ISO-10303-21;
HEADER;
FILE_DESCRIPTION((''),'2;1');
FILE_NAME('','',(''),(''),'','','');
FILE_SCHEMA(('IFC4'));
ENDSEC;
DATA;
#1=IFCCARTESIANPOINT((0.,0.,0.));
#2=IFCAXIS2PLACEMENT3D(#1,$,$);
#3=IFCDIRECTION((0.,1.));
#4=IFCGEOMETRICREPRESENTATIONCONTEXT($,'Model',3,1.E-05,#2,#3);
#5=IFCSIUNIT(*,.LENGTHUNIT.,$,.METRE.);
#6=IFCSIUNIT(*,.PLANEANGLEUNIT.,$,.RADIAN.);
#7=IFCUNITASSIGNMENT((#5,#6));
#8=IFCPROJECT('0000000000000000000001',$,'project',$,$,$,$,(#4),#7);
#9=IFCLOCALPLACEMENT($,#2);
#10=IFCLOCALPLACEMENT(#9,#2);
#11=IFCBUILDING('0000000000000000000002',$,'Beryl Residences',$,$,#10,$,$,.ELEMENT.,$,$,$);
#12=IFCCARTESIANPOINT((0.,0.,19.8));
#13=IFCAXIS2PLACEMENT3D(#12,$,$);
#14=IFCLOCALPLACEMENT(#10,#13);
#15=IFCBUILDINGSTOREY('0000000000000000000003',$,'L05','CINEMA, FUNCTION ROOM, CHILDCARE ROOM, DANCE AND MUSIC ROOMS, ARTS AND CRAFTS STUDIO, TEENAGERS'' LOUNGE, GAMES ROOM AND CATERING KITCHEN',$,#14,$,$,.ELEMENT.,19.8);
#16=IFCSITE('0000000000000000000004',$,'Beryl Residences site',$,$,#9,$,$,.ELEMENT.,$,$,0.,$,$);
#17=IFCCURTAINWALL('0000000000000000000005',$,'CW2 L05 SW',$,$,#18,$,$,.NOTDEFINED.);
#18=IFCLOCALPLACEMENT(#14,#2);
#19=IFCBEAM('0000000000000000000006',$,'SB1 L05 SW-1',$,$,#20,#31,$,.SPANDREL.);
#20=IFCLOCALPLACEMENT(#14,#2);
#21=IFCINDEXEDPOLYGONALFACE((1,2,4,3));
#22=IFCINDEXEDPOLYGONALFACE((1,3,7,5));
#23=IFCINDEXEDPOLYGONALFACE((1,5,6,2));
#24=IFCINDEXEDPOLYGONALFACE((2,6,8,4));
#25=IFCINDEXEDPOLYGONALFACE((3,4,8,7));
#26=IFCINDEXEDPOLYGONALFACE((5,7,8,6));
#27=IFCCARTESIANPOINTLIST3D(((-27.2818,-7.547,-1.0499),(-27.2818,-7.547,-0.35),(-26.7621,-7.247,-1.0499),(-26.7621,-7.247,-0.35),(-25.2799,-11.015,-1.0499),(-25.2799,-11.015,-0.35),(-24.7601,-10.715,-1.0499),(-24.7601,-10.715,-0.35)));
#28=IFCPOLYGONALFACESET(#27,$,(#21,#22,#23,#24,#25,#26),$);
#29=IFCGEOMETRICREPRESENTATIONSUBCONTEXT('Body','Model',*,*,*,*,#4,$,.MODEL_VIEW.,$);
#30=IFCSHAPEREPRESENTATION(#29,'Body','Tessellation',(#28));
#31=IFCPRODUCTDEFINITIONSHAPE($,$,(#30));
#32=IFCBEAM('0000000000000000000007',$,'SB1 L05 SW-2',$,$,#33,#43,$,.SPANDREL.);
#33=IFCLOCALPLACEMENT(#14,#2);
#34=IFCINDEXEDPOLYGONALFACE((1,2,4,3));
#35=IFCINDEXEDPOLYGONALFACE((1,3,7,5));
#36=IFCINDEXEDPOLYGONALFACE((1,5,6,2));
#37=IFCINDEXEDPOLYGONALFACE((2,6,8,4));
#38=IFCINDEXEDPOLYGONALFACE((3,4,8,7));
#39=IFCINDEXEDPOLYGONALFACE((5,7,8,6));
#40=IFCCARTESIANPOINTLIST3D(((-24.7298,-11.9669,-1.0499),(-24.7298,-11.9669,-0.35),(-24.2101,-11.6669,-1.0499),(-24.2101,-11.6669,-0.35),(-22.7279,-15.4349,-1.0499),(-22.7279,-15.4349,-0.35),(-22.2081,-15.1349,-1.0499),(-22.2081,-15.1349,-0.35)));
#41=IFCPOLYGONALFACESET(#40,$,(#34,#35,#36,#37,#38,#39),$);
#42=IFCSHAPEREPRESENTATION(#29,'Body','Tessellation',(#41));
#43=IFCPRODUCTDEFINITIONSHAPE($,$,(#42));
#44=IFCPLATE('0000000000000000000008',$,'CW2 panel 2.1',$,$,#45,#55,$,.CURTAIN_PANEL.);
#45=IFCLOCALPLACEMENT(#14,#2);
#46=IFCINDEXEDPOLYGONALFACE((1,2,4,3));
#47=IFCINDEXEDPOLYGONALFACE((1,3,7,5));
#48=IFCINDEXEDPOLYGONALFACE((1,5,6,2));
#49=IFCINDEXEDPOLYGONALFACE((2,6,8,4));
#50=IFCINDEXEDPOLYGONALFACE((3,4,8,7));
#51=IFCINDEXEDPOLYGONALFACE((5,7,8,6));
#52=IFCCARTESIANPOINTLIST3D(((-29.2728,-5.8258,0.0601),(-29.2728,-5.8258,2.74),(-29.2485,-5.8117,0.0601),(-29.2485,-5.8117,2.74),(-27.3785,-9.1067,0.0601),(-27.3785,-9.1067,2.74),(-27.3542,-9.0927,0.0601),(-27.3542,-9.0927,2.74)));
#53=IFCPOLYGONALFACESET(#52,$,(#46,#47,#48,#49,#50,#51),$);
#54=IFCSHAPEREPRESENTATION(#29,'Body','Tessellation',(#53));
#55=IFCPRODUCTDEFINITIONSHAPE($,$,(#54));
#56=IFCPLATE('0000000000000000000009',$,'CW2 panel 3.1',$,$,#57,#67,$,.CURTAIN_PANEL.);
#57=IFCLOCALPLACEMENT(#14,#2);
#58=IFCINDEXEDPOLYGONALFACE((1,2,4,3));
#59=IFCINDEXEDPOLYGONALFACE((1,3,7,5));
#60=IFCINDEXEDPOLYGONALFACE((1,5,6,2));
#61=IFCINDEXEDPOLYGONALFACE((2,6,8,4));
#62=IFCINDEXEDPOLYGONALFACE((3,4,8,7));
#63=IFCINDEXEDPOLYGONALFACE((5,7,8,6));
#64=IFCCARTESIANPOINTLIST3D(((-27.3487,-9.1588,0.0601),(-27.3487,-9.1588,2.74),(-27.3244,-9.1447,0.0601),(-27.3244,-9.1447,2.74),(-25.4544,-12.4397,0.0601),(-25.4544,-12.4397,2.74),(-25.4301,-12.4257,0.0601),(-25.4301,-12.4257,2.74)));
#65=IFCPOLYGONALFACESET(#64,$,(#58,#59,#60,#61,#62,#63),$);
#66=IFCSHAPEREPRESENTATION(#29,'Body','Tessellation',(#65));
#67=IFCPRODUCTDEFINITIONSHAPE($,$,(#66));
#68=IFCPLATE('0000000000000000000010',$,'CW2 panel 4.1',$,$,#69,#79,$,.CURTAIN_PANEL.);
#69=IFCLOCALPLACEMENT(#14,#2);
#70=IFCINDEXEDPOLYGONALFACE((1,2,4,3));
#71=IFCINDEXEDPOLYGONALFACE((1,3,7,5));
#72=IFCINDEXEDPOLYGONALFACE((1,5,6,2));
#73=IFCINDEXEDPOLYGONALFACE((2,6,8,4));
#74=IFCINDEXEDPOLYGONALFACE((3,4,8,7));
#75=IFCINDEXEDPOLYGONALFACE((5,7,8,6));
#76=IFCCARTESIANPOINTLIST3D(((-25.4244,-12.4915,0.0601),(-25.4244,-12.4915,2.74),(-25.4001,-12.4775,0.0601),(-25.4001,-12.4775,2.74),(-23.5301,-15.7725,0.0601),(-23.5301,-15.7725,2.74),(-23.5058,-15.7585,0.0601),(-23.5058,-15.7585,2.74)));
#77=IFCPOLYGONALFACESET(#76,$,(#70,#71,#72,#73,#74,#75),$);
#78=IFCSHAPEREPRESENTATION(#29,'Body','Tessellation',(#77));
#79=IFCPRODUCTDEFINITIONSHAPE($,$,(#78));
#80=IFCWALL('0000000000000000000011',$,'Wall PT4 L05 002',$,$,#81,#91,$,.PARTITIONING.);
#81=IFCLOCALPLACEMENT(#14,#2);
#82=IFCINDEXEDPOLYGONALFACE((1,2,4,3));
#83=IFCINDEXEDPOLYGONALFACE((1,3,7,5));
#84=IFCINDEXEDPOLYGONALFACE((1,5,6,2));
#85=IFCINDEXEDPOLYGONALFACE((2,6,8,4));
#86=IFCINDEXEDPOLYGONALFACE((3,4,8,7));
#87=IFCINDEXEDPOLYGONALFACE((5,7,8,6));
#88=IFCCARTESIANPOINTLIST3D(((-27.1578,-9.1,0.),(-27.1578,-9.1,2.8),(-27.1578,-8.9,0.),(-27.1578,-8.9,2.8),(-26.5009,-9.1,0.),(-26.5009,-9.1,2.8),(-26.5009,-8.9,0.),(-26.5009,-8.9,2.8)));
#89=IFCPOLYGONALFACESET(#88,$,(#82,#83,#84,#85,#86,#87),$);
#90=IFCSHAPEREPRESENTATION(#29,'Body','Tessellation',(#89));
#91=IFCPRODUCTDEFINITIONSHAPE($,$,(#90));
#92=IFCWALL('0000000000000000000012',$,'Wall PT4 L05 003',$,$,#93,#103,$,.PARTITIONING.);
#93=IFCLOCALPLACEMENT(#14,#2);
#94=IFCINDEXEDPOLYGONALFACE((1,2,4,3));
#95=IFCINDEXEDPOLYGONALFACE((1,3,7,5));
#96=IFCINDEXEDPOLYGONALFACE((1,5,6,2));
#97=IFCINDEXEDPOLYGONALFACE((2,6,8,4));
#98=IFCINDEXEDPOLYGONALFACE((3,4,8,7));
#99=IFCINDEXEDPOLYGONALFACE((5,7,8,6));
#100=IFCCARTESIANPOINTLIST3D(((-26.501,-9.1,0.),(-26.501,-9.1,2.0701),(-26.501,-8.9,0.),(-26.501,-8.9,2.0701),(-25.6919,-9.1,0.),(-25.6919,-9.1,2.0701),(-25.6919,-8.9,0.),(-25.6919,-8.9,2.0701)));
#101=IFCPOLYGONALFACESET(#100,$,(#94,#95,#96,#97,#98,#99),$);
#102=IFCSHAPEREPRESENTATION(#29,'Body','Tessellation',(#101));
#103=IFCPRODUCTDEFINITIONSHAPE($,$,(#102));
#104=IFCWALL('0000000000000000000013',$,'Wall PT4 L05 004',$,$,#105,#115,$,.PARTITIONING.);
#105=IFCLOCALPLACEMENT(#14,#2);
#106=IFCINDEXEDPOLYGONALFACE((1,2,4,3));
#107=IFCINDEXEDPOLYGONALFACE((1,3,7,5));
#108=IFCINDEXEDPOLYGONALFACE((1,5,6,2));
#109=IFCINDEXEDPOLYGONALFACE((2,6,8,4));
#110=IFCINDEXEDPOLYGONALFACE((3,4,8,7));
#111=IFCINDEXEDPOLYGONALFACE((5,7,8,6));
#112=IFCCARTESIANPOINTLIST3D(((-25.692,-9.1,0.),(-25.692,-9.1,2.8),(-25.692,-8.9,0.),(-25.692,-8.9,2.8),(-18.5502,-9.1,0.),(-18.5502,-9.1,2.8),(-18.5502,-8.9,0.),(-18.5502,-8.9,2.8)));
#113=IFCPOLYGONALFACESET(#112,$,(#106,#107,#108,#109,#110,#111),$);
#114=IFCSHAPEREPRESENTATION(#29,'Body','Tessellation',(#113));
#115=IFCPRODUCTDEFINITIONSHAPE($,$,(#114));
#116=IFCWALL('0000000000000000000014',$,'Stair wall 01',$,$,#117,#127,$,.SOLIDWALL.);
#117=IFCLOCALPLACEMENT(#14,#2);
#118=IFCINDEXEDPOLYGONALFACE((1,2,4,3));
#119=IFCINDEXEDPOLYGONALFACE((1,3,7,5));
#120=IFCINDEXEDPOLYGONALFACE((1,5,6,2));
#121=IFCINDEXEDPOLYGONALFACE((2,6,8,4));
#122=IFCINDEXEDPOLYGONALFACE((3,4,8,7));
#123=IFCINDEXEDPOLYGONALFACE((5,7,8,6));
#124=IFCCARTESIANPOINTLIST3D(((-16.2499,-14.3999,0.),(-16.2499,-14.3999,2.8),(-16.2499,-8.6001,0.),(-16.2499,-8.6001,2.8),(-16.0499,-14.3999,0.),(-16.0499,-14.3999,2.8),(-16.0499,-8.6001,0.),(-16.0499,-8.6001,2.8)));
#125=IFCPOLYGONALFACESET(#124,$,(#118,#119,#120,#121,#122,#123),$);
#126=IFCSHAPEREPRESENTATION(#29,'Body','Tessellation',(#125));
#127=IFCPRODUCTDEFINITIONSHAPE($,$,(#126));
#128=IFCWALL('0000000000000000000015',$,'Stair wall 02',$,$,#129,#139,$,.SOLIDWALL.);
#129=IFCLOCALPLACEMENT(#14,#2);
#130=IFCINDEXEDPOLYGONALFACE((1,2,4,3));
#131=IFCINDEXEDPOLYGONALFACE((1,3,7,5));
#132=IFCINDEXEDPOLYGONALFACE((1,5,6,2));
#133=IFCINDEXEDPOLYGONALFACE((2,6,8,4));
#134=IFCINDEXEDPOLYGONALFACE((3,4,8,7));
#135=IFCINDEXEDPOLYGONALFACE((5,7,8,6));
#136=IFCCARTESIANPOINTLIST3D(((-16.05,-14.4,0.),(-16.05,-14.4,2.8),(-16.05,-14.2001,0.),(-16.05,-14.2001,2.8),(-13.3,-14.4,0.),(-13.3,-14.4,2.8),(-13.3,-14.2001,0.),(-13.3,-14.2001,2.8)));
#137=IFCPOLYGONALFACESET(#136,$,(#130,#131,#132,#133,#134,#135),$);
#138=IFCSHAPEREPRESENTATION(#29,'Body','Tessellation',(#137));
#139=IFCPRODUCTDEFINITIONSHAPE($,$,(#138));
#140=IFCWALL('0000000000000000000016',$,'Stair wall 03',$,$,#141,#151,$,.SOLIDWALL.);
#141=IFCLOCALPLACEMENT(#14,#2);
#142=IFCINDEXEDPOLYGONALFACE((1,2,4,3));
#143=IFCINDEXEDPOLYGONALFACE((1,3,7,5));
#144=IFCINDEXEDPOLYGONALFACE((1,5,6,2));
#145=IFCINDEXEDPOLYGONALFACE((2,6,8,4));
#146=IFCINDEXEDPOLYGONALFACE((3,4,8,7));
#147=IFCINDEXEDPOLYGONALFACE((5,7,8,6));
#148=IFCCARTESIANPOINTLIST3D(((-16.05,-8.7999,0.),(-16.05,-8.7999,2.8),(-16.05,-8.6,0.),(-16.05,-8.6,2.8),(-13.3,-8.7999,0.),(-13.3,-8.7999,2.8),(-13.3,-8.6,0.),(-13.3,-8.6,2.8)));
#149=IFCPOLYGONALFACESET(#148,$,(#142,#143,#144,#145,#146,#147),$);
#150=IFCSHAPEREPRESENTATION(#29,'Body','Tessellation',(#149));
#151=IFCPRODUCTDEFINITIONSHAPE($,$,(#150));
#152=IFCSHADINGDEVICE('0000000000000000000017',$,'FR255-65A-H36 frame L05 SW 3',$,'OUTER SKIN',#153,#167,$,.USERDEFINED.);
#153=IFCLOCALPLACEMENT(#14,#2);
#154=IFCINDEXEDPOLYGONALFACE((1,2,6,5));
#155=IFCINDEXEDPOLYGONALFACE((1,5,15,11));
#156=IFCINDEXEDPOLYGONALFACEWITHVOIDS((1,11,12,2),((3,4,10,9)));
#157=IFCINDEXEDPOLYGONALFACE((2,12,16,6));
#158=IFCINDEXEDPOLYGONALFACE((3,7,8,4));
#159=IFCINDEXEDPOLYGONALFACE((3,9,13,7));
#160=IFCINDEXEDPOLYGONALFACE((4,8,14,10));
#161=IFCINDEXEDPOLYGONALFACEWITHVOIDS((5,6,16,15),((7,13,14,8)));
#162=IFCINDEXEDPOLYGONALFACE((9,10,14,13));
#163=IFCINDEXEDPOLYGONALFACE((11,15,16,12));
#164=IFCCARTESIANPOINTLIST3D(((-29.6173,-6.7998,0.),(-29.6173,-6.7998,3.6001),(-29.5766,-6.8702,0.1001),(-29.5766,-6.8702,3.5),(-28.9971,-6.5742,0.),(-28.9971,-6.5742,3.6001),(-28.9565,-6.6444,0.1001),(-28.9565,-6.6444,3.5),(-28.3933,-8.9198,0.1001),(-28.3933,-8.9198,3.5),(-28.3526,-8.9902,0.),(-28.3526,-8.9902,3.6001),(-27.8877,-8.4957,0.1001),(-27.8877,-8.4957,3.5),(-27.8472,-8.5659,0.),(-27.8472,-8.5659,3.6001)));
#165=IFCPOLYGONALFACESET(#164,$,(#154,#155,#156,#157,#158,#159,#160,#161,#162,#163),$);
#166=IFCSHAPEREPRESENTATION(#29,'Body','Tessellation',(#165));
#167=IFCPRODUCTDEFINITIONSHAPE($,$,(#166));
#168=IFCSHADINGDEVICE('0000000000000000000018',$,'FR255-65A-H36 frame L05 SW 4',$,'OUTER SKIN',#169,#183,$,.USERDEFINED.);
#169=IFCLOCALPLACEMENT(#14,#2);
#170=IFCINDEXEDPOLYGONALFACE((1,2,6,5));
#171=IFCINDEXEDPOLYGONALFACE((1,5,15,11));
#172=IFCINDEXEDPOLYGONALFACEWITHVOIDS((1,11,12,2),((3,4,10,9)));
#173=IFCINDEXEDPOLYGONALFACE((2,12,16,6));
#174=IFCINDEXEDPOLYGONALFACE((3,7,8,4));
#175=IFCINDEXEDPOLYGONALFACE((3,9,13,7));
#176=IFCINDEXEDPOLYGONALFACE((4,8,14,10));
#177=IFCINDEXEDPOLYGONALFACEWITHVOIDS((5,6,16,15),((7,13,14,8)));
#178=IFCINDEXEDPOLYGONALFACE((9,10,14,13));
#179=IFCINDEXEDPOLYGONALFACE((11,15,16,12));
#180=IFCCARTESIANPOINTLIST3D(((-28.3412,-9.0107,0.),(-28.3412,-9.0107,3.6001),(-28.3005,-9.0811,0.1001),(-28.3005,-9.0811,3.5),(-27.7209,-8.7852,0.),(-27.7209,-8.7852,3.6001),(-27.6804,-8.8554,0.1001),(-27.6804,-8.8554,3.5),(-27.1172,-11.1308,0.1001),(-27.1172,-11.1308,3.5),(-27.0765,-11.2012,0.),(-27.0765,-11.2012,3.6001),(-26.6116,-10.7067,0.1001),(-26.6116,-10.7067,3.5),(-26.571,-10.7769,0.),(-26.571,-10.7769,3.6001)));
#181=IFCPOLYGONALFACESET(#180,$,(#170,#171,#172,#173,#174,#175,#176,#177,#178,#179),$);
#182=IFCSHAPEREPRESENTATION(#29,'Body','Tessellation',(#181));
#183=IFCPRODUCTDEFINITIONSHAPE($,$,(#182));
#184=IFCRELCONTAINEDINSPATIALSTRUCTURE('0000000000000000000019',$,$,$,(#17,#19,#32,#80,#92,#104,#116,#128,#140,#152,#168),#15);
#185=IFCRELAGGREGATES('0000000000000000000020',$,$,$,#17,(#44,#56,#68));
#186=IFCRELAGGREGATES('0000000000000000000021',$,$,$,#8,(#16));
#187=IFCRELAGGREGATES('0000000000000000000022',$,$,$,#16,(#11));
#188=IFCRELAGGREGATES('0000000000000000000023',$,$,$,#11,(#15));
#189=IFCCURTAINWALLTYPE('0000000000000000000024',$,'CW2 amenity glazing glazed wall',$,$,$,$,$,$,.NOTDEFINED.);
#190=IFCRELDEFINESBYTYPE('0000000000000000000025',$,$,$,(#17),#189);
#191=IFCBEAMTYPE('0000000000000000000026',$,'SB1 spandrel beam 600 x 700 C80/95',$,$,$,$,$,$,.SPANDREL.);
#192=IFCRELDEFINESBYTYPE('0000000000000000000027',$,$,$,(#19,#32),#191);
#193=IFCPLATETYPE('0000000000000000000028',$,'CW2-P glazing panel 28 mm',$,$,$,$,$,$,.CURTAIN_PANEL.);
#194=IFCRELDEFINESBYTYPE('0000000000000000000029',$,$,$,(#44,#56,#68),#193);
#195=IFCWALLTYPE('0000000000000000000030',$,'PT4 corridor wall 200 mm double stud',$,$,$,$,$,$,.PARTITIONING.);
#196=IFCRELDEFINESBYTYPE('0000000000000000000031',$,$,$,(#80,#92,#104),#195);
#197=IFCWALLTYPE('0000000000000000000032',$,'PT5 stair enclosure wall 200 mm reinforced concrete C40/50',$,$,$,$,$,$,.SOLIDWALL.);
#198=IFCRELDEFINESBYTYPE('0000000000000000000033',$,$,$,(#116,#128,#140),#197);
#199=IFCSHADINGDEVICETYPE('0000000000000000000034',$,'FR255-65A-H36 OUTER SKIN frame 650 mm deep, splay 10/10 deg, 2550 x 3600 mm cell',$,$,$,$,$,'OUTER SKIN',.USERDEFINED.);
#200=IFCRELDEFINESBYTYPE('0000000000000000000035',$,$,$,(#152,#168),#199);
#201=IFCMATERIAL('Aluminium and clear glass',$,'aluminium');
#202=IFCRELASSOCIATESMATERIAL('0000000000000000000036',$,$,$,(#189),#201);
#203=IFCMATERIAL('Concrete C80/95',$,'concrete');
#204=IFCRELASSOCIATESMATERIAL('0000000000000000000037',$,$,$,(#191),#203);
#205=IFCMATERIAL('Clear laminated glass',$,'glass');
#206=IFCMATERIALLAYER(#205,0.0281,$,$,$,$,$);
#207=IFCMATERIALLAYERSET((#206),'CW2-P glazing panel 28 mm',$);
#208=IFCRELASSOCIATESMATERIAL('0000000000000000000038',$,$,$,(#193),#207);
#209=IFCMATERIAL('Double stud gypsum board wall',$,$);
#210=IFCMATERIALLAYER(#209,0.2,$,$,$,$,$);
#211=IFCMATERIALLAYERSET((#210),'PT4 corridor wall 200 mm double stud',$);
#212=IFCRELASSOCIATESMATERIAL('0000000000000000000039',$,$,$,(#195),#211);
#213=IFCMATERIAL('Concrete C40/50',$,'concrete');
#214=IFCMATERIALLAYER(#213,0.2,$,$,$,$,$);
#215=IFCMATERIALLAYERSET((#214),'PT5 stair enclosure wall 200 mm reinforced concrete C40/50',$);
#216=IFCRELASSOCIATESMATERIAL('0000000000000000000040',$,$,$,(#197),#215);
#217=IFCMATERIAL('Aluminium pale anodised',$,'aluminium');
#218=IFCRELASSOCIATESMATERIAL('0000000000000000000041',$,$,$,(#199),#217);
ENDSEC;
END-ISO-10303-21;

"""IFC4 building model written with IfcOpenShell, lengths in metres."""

from ifc_helpers import new_model, entity, si_unit, direction, frame, frame_2d, origin, origin_2d, place, context, subcontext, project, spatial, rectangle, extrude, source, transform, mapped, material, layer, layer_set, material_profile, profile_set, type_object, type_shapes, element, aggregate, save


model = new_model("IFC4")

# Units and contexts
model_context = context("Model", 3, precision=1e-05, world=origin(), true_north=direction((0.0, 1.0)))
body_context = subcontext(model_context, "Body", "Model", "MODEL_VIEW")
ifc_project = project(units=[si_unit("LENGTHUNIT", "METRE"), si_unit("PLANEANGLEUNIT", "RADIAN")], contexts=[model_context])

# Site, building, storey
site_placement = place(None, origin())
site = spatial("IfcSite", under=ifc_project, at=site_placement, Name="Beryl Residences site", CompositionType="ELEMENT", RefElevation=0.0)
building_placement = place(site_placement, origin())
building = spatial("IfcBuilding", under=site, at=building_placement, Name="Beryl Residences", CompositionType="ELEMENT")
storey_placement = place(building_placement, frame((0.0, 0.0, 19.8)))
storey = spatial("IfcBuildingStorey", under=building, at=storey_placement, Name="L05", Description="CINEMA, FUNCTION ROOM, CHILDCARE ROOM, DANCE AND MUSIC ROOMS, ARTS AND CRAFTS STUDIO, TEENAGERS' LOUNGE, GAMES ROOM AND CATERING KITCHEN", CompositionType="ELEMENT", Elevation=19.8)

# Curtain wall
ifc_material_1 = material(Name="Aluminium and clear glass", Category="aluminium")
curtain_wall_type = type_object("IfcCurtainWallType", Name="CW2 amenity glazing glazed wall", PredefinedType="NOTDEFINED", material=ifc_material_1)
curtain_wall_placement = place(storey_placement, origin())
curtain_wall = element("IfcCurtainWall", 1, at=curtain_wall_placement, inside=storey, type_object=curtain_wall_type, Name="CW2 L05 SW", PredefinedType="NOTDEFINED")

# Beams
ifc_material_2 = material(Name="Concrete C80/95", Category="concrete")
ifc_material_profile_1 = material_profile(ifc_material_2, rectangle(XDim=0.6001, YDim=0.7, at=origin_2d()))
ifc_profile_set_1 = profile_set([ifc_material_profile_1], Name="Concrete C80/95")
beam_type = type_object("IfcBeamType", Name="SB1 spandrel beam 600 x 700 C80/95", PredefinedType="SPANDREL", material=ifc_profile_set_1)
for number, where, z_axis, x_axis, name in (
    (2, (-27.022, -7.397, -0.7), (0.499942, -0.866059, 0.0), (0.866059, 0.499942, 0.0), "SB1 L05 SW-1"),
    (3, (-24.47, -11.8169, -0.7), (0.499942, -0.866059, 0.0), (0.866059, 0.499942, 0.0), "SB1 L05 SW-2"),
):
    element("IfcBeam", number, at=place(storey_placement, frame(where, z_axis=z_axis, x_axis=x_axis)), inside=storey, type_object=beam_type, Name=name, PredefinedType="SPANDREL", context=body_context, shape_type="SweptSolid", body=[
        extrude(rectangle(XDim=0.6001, YDim=0.7, at=origin_2d()), origin(), (0.0, 0.0, 1.0), 4.0044),
    ])

# Plates
ifc_material_3 = material(Name="Clear laminated glass", Category="glass")
ifc_layer_1 = layer(ifc_material_3, 0.0281)
ifc_layer_set_1 = layer_set([ifc_layer_1], Name="CW2-P glazing panel 28 mm")
plate_type = type_object("IfcPlateType", Name="CW2-P glazing panel 28 mm", PredefinedType="CURTAIN_PANEL", material=ifc_layer_set_1)
plate_1_placement = place(storey_placement, frame((-28.3135, -7.4592, 0.0601), z_axis=(0.0, 0.0, 1.0), x_axis=(0.500012, -0.866019, 0.0)))
plate_1 = element("IfcPlate", 4, at=plate_1_placement, type_object=plate_type, Name="CW2 panel 2.1", PredefinedType="CURTAIN_PANEL", context=body_context, shape_type="SweptSolid", body=[
    extrude(rectangle(XDim=3.7886, YDim=0.0281, at=origin_2d()), origin(), (0.0, 0.0, 1.0), 2.6799),
])
plate_2_placement = place(storey_placement, frame((-26.3894, -10.7922, 0.0601), z_axis=(0.0, 0.0, 1.0), x_axis=(0.500012, -0.866019, 0.0)))
plate_2 = element("IfcPlate", 5, at=plate_2_placement, type_object=plate_type, Name="CW2 panel 3.1", PredefinedType="CURTAIN_PANEL", context=body_context, shape_type="SweptSolid", body=[
    extrude(rectangle(XDim=3.7886, YDim=0.0281, at=origin_2d()), origin(), (0.0, 0.0, 1.0), 2.6799),
])
plate_3_placement = place(storey_placement, frame((-24.4651, -14.125, 0.0601), z_axis=(0.0, 0.0, 1.0), x_axis=(0.500012, -0.866019, 0.0)))
plate_3 = element("IfcPlate", 6, at=plate_3_placement, type_object=plate_type, Name="CW2 panel 4.1", PredefinedType="CURTAIN_PANEL", context=body_context, shape_type="SweptSolid", body=[
    extrude(rectangle(XDim=3.7886, YDim=0.0281, at=origin_2d()), origin(), (0.0, 0.0, 1.0), 2.6799),
])
aggregate(curtain_wall, [plate_1, plate_2, plate_3])

# Walls
ifc_material_4 = material(Name="Double stud gypsum board wall")
ifc_layer_2 = layer(ifc_material_4, 0.2)
ifc_layer_set_2 = layer_set([ifc_layer_2], Name="PT4 corridor wall 200 mm double stud")
wall_type_1 = type_object("IfcWallType", Name="PT4 corridor wall 200 mm double stud", PredefinedType="PARTITIONING", material=ifc_layer_set_2)
wall_1_placement = place(storey_placement, frame((-27.158, -9.0, 0.0), z_axis=(0.0, 0.0, 1.0), x_axis=(1.0, 0.0, 0.0)))
element("IfcWall", 7, at=wall_1_placement, inside=storey, type_object=wall_type_1, Name="Wall PT4 L05 002", PredefinedType="PARTITIONING", context=body_context, shape_type="SweptSolid", body=[
    extrude(rectangle(XDim=0.657, YDim=0.2, at=frame_2d((0.3286, 0.0))), origin(), (0.0, 0.0, 1.0), 2.8),
])
wall_2_placement = place(storey_placement, frame((-26.501, -9.0, 0.0), z_axis=(0.0, 0.0, 1.0), x_axis=(1.0, 0.0, 0.0)))
element("IfcWall", 8, at=wall_2_placement, inside=storey, type_object=wall_type_1, Name="Wall PT4 L05 003", PredefinedType="PARTITIONING", context=body_context, shape_type="SweptSolid", body=[
    extrude(rectangle(XDim=0.8091, YDim=0.2, at=frame_2d((0.4045, 0.0))), origin(), (0.0, 0.0, 1.0), 2.0701),
])
wall_3_placement = place(storey_placement, frame((-25.6919, -9.0, 0.0), z_axis=(0.0, 0.0, 1.0), x_axis=(1.0, 0.0, 0.0)))
element("IfcWall", 9, at=wall_3_placement, inside=storey, type_object=wall_type_1, Name="Wall PT4 L05 004", PredefinedType="PARTITIONING", context=body_context, shape_type="SweptSolid", body=[
    extrude(rectangle(XDim=7.1418, YDim=0.2, at=frame_2d((3.5708, 0.0))), origin(), (0.0, 0.0, 1.0), 2.8),
])
ifc_material_5 = material(Name="Concrete C40/50", Category="concrete")
ifc_layer_3 = layer(ifc_material_5, 0.2)
ifc_layer_set_3 = layer_set([ifc_layer_3], Name="PT5 stair enclosure wall 200 mm reinforced concrete C40/50")
wall_type_2 = type_object("IfcWallType", Name="PT5 stair enclosure wall 200 mm reinforced concrete C40/50", PredefinedType="SOLIDWALL", material=ifc_layer_set_3)
wall_4_placement = place(storey_placement, frame((-16.1499, -14.3999, 0.0), z_axis=(0.0, 0.0, 1.0), x_axis=(0.0, 1.0, 0.0)))
element("IfcWall", 10, at=wall_4_placement, inside=storey, type_object=wall_type_2, Name="Stair wall 01", PredefinedType="SOLIDWALL", context=body_context, shape_type="SweptSolid", body=[
    extrude(rectangle(XDim=5.7998, YDim=0.2, at=frame_2d((2.8999, 0.0))), origin(), (0.0, 0.0, 1.0), 2.8),
])
for number, where, z_axis, x_axis, name in (
    (11, (-16.05, -14.3, 0.0), (0.0, 0.0, 1.0), (1.0, 0.0, 0.0), "Stair wall 02"),
    (12, (-16.05, -8.7, 0.0), (0.0, 0.0, 1.0), (1.0, 0.0, 0.0), "Stair wall 03"),
):
    element("IfcWall", number, at=place(storey_placement, frame(where, z_axis=z_axis, x_axis=x_axis)), inside=storey, type_object=wall_type_2, Name=name, PredefinedType="SOLIDWALL", context=body_context, shape_type="SweptSolid", body=[
        extrude(rectangle(XDim=2.75, YDim=0.2, at=frame_2d((1.375, 0.0))), origin(), (0.0, 0.0, 1.0), 2.8),
    ])

# Shading devices
ifc_material_6 = material(Name="Aluminium pale anodised", Category="aluminium")
shading_device_type = type_object("IfcShadingDeviceType", Name="FR255-65A-H36 OUTER SKIN frame 650 mm deep, splay 10/10 deg, 2550 x 3600 mm cell", ElementType="OUTER SKIN", PredefinedType="USERDEFINED", material=ifc_material_6)
cartesian_point_1 = entity("IfcCartesianPoint", [-1.1499, 0.0])
cartesian_point_2 = entity("IfcCartesianPoint", [-1.0688, 0.1001])
cartesian_point_3 = entity("IfcCartesianPoint", [-1.2646, 0.0])
cartesian_point_4 = entity("IfcCartesianPoint", [-1.1833, 0.1001])
shared_shape = source(origin(), body_context, "Body", "SweptSolid", [
    entity("IfcExtrudedAreaSolidTapered", entity("IfcArbitraryProfileDefWithVoids", "AREA", None, entity("IfcPolyline", [cartesian_point_1, entity("IfcCartesianPoint", [1.1499, 0.0]), entity("IfcCartesianPoint", [1.1499, 3.6001]), entity("IfcCartesianPoint", [-1.1499, 3.6001]), cartesian_point_1]), [entity("IfcPolyline", [cartesian_point_2, entity("IfcCartesianPoint", [1.0688, 0.1001]), entity("IfcCartesianPoint", [1.0688, 3.5]), entity("IfcCartesianPoint", [-1.0688, 3.5]), cartesian_point_2])]), entity("IfcAxis2Placement3D", entity("IfcCartesianPoint", [0.0, 0.0, 0.0]), entity("IfcDirection", [0.0, 1.0, 0.0]), entity("IfcDirection", [-1.0, 0.0, 0.0])), entity("IfcDirection", [0.0, 0.0, 1.0]), 0.6499, entity("IfcArbitraryProfileDefWithVoids", "AREA", None, entity("IfcPolyline", [cartesian_point_3, entity("IfcCartesianPoint", [1.2646, 0.0]), entity("IfcCartesianPoint", [1.2646, 3.6001]), entity("IfcCartesianPoint", [-1.2646, 3.6001]), cartesian_point_3]), [entity("IfcPolyline", [cartesian_point_4, entity("IfcCartesianPoint", [1.1833, 0.1001]), entity("IfcCartesianPoint", [1.1833, 3.5]), entity("IfcCartesianPoint", [-1.1833, 3.5]), cartesian_point_4])])),
])
type_shapes(shading_device_type, [shared_shape])
for number, where, z_axis, x_axis, name in (
    (13, (-28.4221, -7.5701, 0.0), (0.0, 0.0, 1.0), (-0.5, 0.866025, 0.0), "FR255-65A-H36 frame L05 SW 3"),
    (14, (-27.146, -9.781, 0.0), (0.0, 0.0, 1.0), (-0.5, 0.866025, 0.0), "FR255-65A-H36 frame L05 SW 4"),
):
    element("IfcShadingDevice", number, at=place(storey_placement, frame(where, z_axis=z_axis, x_axis=x_axis)), inside=storey, type_object=shading_device_type, Name=name, ObjectType="OUTER SKIN", PredefinedType="USERDEFINED", context=body_context, shape_type="MappedRepresentation", body=[
        mapped(shared_shape, transform((0.0, 0.0, 0.0))),
    ])

save(model, "model.ifc")
